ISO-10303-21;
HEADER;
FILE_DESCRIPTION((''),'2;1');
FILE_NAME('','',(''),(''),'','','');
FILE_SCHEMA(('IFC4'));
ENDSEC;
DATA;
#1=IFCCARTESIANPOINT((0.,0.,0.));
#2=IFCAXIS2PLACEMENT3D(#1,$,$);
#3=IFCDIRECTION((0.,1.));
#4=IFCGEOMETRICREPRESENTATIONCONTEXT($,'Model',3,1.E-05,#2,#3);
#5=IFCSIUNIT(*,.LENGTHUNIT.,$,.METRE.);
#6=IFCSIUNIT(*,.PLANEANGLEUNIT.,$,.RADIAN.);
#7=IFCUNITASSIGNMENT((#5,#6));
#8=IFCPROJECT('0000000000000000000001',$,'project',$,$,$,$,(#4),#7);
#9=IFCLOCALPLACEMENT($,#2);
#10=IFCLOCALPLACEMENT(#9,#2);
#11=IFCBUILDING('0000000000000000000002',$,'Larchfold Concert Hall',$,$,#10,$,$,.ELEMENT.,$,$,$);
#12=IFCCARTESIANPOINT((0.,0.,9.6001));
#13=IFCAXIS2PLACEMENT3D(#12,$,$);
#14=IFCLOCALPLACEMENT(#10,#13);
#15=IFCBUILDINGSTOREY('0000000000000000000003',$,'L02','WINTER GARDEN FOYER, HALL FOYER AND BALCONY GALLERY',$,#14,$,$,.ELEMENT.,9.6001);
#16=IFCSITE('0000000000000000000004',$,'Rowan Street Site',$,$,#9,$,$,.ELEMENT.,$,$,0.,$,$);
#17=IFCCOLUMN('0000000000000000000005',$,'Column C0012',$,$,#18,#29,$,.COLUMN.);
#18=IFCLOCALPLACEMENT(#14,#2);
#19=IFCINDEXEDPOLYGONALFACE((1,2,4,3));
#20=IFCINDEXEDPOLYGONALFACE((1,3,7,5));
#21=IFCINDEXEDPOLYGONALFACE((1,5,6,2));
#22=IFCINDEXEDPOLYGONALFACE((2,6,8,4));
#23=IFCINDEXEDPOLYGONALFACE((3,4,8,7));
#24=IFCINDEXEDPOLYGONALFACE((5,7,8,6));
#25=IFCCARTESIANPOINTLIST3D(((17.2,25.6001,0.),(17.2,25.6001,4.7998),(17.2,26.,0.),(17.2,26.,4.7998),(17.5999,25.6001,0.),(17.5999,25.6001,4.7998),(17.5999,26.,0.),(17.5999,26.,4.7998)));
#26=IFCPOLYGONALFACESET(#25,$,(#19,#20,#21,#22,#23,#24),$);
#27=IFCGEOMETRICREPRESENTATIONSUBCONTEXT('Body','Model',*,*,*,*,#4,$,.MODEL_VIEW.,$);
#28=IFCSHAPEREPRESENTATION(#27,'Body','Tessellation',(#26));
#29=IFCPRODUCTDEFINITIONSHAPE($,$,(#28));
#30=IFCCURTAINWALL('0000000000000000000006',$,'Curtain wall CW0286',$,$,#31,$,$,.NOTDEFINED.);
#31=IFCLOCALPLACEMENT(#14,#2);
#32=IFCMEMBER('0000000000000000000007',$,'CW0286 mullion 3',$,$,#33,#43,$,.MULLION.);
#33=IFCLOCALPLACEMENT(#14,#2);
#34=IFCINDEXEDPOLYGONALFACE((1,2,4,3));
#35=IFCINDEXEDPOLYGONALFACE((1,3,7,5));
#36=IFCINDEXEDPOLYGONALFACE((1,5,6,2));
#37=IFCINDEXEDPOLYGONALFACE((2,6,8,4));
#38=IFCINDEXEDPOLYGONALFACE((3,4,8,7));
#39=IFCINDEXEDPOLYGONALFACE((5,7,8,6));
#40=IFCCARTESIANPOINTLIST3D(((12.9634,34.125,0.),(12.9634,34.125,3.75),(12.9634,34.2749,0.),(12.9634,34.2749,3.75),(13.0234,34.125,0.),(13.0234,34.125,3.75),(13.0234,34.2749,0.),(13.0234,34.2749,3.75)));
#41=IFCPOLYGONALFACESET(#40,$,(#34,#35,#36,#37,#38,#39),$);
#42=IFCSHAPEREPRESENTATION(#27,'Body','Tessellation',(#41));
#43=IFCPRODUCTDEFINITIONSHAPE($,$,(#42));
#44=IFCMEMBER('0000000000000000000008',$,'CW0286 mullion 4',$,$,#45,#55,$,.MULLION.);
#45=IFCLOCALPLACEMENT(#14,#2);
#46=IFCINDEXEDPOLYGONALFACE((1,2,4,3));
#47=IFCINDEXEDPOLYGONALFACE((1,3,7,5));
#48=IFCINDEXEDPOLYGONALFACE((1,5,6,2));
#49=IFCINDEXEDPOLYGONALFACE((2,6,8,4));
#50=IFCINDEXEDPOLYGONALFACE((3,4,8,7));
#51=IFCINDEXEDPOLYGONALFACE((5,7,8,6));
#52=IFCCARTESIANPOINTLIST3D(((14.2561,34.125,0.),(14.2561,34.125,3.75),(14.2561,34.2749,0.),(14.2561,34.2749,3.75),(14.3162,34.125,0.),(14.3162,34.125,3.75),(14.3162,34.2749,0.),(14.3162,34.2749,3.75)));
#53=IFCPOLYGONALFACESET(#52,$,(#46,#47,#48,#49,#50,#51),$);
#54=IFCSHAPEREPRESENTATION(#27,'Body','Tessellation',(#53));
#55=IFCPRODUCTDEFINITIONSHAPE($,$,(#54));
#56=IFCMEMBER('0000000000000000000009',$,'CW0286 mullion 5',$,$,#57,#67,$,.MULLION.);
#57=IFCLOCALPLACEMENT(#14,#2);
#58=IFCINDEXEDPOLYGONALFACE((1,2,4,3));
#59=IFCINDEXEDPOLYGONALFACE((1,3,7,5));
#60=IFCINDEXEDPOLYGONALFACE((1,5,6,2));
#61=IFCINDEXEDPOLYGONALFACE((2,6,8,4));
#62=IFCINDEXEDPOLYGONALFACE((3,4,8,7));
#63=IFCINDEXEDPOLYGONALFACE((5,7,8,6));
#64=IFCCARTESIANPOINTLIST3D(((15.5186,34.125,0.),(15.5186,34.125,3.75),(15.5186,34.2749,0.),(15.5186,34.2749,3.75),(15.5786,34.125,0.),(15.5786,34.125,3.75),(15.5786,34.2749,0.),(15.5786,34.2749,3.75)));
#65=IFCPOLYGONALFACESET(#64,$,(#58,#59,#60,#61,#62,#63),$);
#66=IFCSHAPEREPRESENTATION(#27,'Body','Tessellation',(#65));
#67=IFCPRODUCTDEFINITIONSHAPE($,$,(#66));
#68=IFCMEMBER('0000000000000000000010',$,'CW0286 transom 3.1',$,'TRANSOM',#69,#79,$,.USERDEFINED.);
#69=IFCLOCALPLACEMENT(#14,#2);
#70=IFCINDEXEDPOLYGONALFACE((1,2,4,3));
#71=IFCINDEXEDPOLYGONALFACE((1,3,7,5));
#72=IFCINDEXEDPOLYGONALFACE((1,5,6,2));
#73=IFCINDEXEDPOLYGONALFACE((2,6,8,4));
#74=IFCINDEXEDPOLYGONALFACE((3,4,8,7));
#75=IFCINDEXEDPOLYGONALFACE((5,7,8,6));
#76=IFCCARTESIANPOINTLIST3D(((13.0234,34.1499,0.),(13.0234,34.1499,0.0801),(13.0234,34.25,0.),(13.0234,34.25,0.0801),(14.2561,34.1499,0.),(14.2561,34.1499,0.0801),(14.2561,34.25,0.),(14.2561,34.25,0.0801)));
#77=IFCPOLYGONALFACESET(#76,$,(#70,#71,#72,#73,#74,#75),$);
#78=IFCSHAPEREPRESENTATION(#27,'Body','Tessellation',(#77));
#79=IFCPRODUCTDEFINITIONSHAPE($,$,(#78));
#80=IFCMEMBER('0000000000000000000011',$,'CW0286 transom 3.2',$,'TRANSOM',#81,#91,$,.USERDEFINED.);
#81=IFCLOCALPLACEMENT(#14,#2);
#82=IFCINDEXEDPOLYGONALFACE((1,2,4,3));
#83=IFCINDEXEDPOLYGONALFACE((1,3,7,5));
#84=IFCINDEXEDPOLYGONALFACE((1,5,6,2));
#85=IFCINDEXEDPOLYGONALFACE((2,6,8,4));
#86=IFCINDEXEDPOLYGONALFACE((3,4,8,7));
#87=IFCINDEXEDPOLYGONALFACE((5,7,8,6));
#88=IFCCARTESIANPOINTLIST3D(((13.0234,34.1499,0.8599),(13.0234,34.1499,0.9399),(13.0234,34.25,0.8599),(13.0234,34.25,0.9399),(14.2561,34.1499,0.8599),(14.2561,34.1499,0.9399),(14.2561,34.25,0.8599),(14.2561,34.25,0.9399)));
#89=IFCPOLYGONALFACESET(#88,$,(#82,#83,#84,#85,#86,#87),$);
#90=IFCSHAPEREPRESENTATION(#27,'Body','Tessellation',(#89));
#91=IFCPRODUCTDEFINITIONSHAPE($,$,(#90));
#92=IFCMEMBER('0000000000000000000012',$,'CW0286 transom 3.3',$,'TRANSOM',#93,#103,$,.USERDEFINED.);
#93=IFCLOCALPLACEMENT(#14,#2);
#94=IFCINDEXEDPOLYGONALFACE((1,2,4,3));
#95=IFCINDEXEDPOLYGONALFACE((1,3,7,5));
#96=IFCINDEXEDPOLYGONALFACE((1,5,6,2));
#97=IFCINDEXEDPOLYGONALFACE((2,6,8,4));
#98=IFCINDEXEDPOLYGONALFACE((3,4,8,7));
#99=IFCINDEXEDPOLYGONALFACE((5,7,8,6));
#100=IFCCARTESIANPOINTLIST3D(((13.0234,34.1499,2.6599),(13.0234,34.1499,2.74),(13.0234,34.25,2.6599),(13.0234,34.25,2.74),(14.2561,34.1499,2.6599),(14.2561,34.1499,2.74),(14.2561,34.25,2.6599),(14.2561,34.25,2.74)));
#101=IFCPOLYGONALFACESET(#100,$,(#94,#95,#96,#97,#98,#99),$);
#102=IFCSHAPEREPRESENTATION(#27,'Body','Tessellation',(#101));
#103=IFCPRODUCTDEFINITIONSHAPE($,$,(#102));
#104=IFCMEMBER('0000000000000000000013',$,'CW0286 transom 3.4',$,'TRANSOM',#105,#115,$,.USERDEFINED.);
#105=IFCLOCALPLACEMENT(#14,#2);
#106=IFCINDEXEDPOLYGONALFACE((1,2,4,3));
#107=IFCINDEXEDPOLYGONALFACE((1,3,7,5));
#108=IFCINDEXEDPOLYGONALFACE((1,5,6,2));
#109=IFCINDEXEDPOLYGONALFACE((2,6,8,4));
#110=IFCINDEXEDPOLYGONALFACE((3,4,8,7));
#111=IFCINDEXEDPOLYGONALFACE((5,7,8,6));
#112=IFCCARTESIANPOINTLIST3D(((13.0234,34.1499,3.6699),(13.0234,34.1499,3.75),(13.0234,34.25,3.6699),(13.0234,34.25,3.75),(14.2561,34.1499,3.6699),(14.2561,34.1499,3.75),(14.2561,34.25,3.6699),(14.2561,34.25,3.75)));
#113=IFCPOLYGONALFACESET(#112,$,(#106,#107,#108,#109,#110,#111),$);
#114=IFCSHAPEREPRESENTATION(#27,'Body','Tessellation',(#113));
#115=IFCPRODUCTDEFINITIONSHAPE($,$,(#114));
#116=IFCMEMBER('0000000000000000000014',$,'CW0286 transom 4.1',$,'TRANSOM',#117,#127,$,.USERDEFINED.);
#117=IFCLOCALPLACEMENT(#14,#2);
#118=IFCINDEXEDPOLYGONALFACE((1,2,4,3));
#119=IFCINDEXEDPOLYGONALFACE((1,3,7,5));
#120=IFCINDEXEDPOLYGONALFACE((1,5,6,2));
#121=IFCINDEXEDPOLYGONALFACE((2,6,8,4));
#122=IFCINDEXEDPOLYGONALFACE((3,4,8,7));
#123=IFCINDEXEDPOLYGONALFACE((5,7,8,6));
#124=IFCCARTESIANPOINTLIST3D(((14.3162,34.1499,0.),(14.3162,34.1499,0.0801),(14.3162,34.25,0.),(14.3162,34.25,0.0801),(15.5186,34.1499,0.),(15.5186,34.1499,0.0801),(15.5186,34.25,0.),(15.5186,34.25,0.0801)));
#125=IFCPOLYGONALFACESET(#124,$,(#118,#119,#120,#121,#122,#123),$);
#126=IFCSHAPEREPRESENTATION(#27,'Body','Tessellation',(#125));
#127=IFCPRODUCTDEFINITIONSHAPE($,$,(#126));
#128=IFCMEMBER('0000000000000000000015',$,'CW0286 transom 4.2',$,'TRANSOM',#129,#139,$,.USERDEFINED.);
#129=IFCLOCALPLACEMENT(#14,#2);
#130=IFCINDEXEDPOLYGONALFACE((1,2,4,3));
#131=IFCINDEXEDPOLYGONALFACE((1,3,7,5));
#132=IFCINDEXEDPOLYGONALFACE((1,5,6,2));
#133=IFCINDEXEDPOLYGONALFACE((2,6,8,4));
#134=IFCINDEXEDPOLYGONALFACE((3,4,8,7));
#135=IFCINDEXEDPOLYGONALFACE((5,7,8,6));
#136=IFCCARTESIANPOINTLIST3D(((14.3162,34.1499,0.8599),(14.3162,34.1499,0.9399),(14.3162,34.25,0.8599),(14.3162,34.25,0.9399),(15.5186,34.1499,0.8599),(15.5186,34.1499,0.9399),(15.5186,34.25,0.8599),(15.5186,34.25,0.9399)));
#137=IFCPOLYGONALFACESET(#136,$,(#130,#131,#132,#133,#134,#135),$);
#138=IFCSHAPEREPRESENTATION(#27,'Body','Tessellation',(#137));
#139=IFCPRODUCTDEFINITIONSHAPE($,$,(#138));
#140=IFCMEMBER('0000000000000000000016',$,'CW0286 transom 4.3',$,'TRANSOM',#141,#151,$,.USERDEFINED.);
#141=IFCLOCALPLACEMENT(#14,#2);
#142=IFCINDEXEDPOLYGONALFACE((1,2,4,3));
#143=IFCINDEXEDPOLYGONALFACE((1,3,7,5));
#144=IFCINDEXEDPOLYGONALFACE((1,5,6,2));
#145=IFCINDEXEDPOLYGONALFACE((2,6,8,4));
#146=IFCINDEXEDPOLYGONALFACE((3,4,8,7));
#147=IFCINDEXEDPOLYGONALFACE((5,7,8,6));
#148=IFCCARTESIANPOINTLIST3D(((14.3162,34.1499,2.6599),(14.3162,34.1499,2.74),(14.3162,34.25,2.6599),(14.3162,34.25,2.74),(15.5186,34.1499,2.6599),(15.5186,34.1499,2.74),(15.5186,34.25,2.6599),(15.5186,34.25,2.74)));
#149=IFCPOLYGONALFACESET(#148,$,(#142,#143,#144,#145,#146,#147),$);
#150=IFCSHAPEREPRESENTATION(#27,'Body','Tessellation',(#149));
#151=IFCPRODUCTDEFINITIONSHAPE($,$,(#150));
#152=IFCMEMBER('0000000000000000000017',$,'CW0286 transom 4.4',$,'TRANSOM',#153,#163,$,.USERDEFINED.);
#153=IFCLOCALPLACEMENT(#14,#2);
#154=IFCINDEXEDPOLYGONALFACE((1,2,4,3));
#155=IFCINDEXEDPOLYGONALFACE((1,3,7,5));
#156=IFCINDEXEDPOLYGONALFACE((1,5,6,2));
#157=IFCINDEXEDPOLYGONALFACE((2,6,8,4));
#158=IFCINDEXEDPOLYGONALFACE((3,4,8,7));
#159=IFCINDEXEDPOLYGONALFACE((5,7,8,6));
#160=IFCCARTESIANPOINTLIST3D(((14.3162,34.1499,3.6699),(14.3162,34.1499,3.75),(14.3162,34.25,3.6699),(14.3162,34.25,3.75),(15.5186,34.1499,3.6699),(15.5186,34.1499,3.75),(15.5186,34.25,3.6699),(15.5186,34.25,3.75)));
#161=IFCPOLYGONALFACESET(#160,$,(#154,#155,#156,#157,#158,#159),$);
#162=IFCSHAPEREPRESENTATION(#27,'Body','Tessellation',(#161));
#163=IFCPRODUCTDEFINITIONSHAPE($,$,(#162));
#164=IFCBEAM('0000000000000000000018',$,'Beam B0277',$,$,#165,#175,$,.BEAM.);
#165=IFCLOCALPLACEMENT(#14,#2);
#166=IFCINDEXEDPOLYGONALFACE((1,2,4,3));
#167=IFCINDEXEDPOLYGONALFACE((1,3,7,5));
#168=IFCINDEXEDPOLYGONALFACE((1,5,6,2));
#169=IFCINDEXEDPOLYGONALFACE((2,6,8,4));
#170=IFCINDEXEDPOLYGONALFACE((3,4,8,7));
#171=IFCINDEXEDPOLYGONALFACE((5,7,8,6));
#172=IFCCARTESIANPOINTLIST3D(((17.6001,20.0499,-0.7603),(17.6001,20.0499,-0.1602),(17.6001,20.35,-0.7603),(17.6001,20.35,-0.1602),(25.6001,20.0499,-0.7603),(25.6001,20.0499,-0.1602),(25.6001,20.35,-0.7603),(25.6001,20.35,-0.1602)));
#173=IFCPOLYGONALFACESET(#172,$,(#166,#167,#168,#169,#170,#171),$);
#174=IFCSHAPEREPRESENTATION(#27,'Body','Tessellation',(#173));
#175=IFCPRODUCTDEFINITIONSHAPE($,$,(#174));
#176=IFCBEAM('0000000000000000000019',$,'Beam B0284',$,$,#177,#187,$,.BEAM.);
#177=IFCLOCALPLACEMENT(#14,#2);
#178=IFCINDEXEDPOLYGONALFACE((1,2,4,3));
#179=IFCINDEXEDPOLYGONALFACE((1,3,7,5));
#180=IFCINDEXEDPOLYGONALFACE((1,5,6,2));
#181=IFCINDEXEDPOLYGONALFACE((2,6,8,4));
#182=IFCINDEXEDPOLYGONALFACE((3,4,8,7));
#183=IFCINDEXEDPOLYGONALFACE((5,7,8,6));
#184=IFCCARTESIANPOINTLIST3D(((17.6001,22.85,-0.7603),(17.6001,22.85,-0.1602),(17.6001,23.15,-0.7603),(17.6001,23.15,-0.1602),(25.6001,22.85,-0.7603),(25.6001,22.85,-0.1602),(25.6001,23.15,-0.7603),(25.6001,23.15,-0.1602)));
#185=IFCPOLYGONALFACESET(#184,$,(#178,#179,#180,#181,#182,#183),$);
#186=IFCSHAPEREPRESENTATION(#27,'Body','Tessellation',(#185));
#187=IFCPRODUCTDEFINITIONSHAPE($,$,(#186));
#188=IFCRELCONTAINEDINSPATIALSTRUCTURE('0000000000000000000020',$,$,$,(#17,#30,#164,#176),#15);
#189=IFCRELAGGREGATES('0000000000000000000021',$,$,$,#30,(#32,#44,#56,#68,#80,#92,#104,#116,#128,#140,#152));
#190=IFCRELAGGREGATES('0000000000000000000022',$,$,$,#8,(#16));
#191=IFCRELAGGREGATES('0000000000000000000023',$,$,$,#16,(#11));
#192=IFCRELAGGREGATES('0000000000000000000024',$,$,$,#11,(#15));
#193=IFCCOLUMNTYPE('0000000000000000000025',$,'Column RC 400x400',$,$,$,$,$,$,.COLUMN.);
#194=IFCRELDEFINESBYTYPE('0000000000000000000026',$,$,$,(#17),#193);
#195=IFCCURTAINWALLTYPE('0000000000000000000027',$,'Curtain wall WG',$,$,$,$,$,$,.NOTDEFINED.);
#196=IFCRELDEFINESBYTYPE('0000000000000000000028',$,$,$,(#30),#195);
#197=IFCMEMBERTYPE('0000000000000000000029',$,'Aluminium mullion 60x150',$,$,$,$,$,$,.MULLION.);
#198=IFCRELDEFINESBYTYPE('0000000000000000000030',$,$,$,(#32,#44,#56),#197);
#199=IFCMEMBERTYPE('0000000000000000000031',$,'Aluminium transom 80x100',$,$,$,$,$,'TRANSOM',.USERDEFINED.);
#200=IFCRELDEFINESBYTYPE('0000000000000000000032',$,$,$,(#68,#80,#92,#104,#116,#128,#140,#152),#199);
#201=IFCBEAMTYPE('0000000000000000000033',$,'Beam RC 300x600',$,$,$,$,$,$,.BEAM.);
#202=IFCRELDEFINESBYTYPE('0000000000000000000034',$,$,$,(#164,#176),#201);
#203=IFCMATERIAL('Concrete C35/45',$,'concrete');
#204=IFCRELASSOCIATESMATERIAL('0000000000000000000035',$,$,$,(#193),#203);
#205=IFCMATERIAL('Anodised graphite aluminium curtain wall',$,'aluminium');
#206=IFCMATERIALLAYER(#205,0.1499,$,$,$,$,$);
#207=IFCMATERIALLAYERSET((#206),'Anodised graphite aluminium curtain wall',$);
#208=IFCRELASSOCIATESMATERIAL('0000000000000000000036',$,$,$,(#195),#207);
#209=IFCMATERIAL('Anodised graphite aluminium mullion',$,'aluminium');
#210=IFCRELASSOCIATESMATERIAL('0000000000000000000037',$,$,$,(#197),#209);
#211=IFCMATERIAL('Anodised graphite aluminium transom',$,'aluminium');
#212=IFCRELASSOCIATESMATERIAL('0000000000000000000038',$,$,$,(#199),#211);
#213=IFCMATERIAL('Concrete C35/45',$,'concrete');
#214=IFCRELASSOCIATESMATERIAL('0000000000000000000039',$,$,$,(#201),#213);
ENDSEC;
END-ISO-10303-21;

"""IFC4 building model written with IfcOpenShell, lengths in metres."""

from ifc_helpers import new_model, si_unit, direction, frame, origin, origin_2d, place, context, subcontext, project, spatial, rectangle, extrude, material, layer, layer_set, material_profile, profile_set, type_object, element, aggregate, save


model = new_model("IFC4")

# Units and contexts
model_context = context("Model", 3, precision=1e-05, world=origin(), true_north=direction((0.0, 1.0)))
body_context = subcontext(model_context, "Body", "Model", "MODEL_VIEW")
ifc_project = project(units=[si_unit("LENGTHUNIT", "METRE"), si_unit("PLANEANGLEUNIT", "RADIAN")], contexts=[model_context])

# Site, building, storey
site_placement = place(None, origin())
site = spatial("IfcSite", under=ifc_project, at=site_placement, Name="Rowan Street Site", CompositionType="ELEMENT", RefElevation=0.0)
building_placement = place(site_placement, origin())
building = spatial("IfcBuilding", under=site, at=building_placement, Name="Larchfold Concert Hall", CompositionType="ELEMENT")
storey_placement = place(building_placement, frame((0.0, 0.0, 9.6001)))
storey = spatial("IfcBuildingStorey", under=building, at=storey_placement, Name="L02", Description="WINTER GARDEN FOYER, HALL FOYER AND BALCONY GALLERY", CompositionType="ELEMENT", Elevation=9.6001)

# Column
ifc_material_1 = material(Name="Concrete C35/45", Category="concrete")
ifc_material_profile_1 = material_profile(ifc_material_1, rectangle(XDim=0.3999, YDim=0.3999, at=origin_2d()))
ifc_profile_set_1 = profile_set([ifc_material_profile_1], Name="Concrete C35/45")
column_type = type_object("IfcColumnType", Name="Column RC 400x400", PredefinedType="COLUMN", material=ifc_profile_set_1)
column_placement = place(storey_placement, frame((17.3999, 25.8, 0.0), z_axis=(0.0, 0.0, 1.0), x_axis=(1.0, 0.0, 0.0)))
element("IfcColumn", 1, at=column_placement, inside=storey, type_object=column_type, Name="Column C0012", PredefinedType="COLUMN", context=body_context, shape_type="SweptSolid", body=[
    extrude(rectangle(XDim=0.3999, YDim=0.3999, at=origin_2d()), origin(), (0.0, 0.0, 1.0), 4.7998),
])

# Curtain wall, members
ifc_material_2 = material(Name="Anodised graphite aluminium curtain wall", Category="aluminium")
ifc_layer_1 = layer(ifc_material_2, 0.1499)
ifc_layer_set_1 = layer_set([ifc_layer_1], Name="Anodised graphite aluminium curtain wall")
curtain_wall_type = type_object("IfcCurtainWallType", Name="Curtain wall WG", PredefinedType="NOTDEFINED", material=ifc_layer_set_1)
curtain_wall_placement = place(storey_placement, origin())
curtain_wall = element("IfcCurtainWall", 2, at=curtain_wall_placement, inside=storey, type_object=curtain_wall_type, Name="Curtain wall CW0286", PredefinedType="NOTDEFINED")
ifc_material_3 = material(Name="Anodised graphite aluminium mullion", Category="aluminium")
ifc_material_profile_2 = material_profile(ifc_material_3, rectangle(XDim=0.1499, YDim=0.0601, at=origin_2d()))
ifc_profile_set_2 = profile_set([ifc_material_profile_2], Name="Anodised graphite aluminium mullion")
member_type_1 = type_object("IfcMemberType", Name="Aluminium mullion 60x150", PredefinedType="MULLION", material=ifc_profile_set_2)
member_1_placement = place(storey_placement, frame((12.9934, 34.2, 0.0), z_axis=(0.0, 0.0, 1.0), x_axis=(0.0, 1.0, 0.0)))
member_1 = element("IfcMember", 3, at=member_1_placement, type_object=member_type_1, Name="CW0286 mullion 3", PredefinedType="MULLION", context=body_context, shape_type="SweptSolid", body=[
    extrude(rectangle(XDim=0.1499, YDim=0.0601, at=origin_2d()), origin(), (0.0, 0.0, 1.0), 3.75),
])
member_2_placement = place(storey_placement, frame((14.2861, 34.2, 0.0), z_axis=(0.0, 0.0, 1.0), x_axis=(0.0, 1.0, 0.0)))
member_2 = element("IfcMember", 4, at=member_2_placement, type_object=member_type_1, Name="CW0286 mullion 4", PredefinedType="MULLION", context=body_context, shape_type="SweptSolid", body=[
    extrude(rectangle(XDim=0.1499, YDim=0.0601, at=origin_2d()), origin(), (0.0, 0.0, 1.0), 3.75),
])
member_3_placement = place(storey_placement, frame((15.5486, 34.2, 0.0), z_axis=(0.0, 0.0, 1.0), x_axis=(0.0, 1.0, 0.0)))
member_3 = element("IfcMember", 5, at=member_3_placement, type_object=member_type_1, Name="CW0286 mullion 5", PredefinedType="MULLION", context=body_context, shape_type="SweptSolid", body=[
    extrude(rectangle(XDim=0.1499, YDim=0.0601, at=origin_2d()), origin(), (0.0, 0.0, 1.0), 3.75),
])
ifc_material_4 = material(Name="Anodised graphite aluminium transom", Category="aluminium")
ifc_material_profile_3 = material_profile(ifc_material_4, rectangle(XDim=0.1001, YDim=0.0801, at=origin_2d()))
ifc_profile_set_3 = profile_set([ifc_material_profile_3], Name="Anodised graphite aluminium transom")
member_type_2 = type_object("IfcMemberType", Name="Aluminium transom 80x100", ElementType="TRANSOM", PredefinedType="USERDEFINED", material=ifc_profile_set_3)
member_4_placement = place(storey_placement, frame((13.0234, 34.2, 0.04), z_axis=(1.0, 0.0, 0.0), x_axis=(0.0, 1.0, 0.0)))
member_4 = element("IfcMember", 6, at=member_4_placement, type_object=member_type_2, Name="CW0286 transom 3.1", ObjectType="TRANSOM", PredefinedType="USERDEFINED", context=body_context, shape_type="SweptSolid", body=[
    extrude(rectangle(XDim=0.1001, YDim=0.0801, at=origin_2d()), origin(), (0.0, 0.0, 1.0), 1.2327),
])
member_5_placement = place(storey_placement, frame((13.0234, 34.2, 0.8999), z_axis=(1.0, 0.0, 0.0), x_axis=(0.0, 1.0, 0.0)))
member_5 = element("IfcMember", 7, at=member_5_placement, type_object=member_type_2, Name="CW0286 transom 3.2", ObjectType="TRANSOM", PredefinedType="USERDEFINED", context=body_context, shape_type="SweptSolid", body=[
    extrude(rectangle(XDim=0.1001, YDim=0.0801, at=origin_2d()), origin(), (0.0, 0.0, 1.0), 1.2327),
])
member_6_placement = place(storey_placement, frame((13.0234, 34.2, 2.7), z_axis=(1.0, 0.0, 0.0), x_axis=(0.0, 1.0, 0.0)))
member_6 = element("IfcMember", 8, at=member_6_placement, type_object=member_type_2, Name="CW0286 transom 3.3", ObjectType="TRANSOM", PredefinedType="USERDEFINED", context=body_context, shape_type="SweptSolid", body=[
    extrude(rectangle(XDim=0.1001, YDim=0.0801, at=origin_2d()), origin(), (0.0, 0.0, 1.0), 1.2327),
])
member_7_placement = place(storey_placement, frame((13.0234, 34.2, 3.71), z_axis=(1.0, 0.0, 0.0), x_axis=(0.0, 1.0, 0.0)))
member_7 = element("IfcMember", 9, at=member_7_placement, type_object=member_type_2, Name="CW0286 transom 3.4", ObjectType="TRANSOM", PredefinedType="USERDEFINED", context=body_context, shape_type="SweptSolid", body=[
    extrude(rectangle(XDim=0.1001, YDim=0.0801, at=origin_2d()), origin(), (0.0, 0.0, 1.0), 1.2327),
])
member_8_placement = place(storey_placement, frame((14.3162, 34.2, 0.04), z_axis=(1.0, 0.0, 0.0), x_axis=(0.0, 1.0, 0.0)))
member_8 = element("IfcMember", 10, at=member_8_placement, type_object=member_type_2, Name="CW0286 transom 4.1", ObjectType="TRANSOM", PredefinedType="USERDEFINED", context=body_context, shape_type="SweptSolid", body=[
    extrude(rectangle(XDim=0.1001, YDim=0.0801, at=origin_2d()), origin(), (0.0, 0.0, 1.0), 1.2024),
])
member_9_placement = place(storey_placement, frame((14.3162, 34.2, 0.8999), z_axis=(1.0, 0.0, 0.0), x_axis=(0.0, 1.0, 0.0)))
member_9 = element("IfcMember", 11, at=member_9_placement, type_object=member_type_2, Name="CW0286 transom 4.2", ObjectType="TRANSOM", PredefinedType="USERDEFINED", context=body_context, shape_type="SweptSolid", body=[
    extrude(rectangle(XDim=0.1001, YDim=0.0801, at=origin_2d()), origin(), (0.0, 0.0, 1.0), 1.2024),
])
member_10_placement = place(storey_placement, frame((14.3162, 34.2, 2.7), z_axis=(1.0, 0.0, 0.0), x_axis=(0.0, 1.0, 0.0)))
member_10 = element("IfcMember", 12, at=member_10_placement, type_object=member_type_2, Name="CW0286 transom 4.3", ObjectType="TRANSOM", PredefinedType="USERDEFINED", context=body_context, shape_type="SweptSolid", body=[
    extrude(rectangle(XDim=0.1001, YDim=0.0801, at=origin_2d()), origin(), (0.0, 0.0, 1.0), 1.2024),
])
member_11_placement = place(storey_placement, frame((14.3162, 34.2, 3.71), z_axis=(1.0, 0.0, 0.0), x_axis=(0.0, 1.0, 0.0)))
member_11 = element("IfcMember", 13, at=member_11_placement, type_object=member_type_2, Name="CW0286 transom 4.4", ObjectType="TRANSOM", PredefinedType="USERDEFINED", context=body_context, shape_type="SweptSolid", body=[
    extrude(rectangle(XDim=0.1001, YDim=0.0801, at=origin_2d()), origin(), (0.0, 0.0, 1.0), 1.2024),
])

# Beams
ifc_material_5 = material(Name="Concrete C35/45", Category="concrete")
ifc_material_profile_4 = material_profile(ifc_material_5, rectangle(XDim=0.3, YDim=0.6001, at=origin_2d()))
ifc_profile_set_4 = profile_set([ifc_material_profile_4], Name="Concrete C35/45")
beam_type_1 = type_object("IfcBeamType", Name="Beam RC 300x600", PredefinedType="BEAM", material=ifc_profile_set_4)
for number, where, z_axis, x_axis, name in (
    (14, (17.6001, 20.2, -0.4602), (1.0, 0.0, 0.0), (0.0, 1.0, 0.0), "Beam B0277"),
    (15, (17.6001, 23.0, -0.4602), (1.0, 0.0, 0.0), (0.0, 1.0, 0.0), "Beam B0284"),
):
    element("IfcBeam", number, at=place(storey_placement, frame(where, z_axis=z_axis, x_axis=x_axis)), inside=storey, type_object=beam_type_1, Name=name, PredefinedType="BEAM", context=body_context, shape_type="SweptSolid", body=[
        extrude(rectangle(XDim=0.3, YDim=0.6001, at=origin_2d()), origin(), (0.0, 0.0, 1.0), 8.0),
    ])

aggregate(curtain_wall, [member_1, member_2, member_3, member_4, member_5, member_6, member_7, member_8, member_9, member_10, member_11])

save(model, "model.ifc")
